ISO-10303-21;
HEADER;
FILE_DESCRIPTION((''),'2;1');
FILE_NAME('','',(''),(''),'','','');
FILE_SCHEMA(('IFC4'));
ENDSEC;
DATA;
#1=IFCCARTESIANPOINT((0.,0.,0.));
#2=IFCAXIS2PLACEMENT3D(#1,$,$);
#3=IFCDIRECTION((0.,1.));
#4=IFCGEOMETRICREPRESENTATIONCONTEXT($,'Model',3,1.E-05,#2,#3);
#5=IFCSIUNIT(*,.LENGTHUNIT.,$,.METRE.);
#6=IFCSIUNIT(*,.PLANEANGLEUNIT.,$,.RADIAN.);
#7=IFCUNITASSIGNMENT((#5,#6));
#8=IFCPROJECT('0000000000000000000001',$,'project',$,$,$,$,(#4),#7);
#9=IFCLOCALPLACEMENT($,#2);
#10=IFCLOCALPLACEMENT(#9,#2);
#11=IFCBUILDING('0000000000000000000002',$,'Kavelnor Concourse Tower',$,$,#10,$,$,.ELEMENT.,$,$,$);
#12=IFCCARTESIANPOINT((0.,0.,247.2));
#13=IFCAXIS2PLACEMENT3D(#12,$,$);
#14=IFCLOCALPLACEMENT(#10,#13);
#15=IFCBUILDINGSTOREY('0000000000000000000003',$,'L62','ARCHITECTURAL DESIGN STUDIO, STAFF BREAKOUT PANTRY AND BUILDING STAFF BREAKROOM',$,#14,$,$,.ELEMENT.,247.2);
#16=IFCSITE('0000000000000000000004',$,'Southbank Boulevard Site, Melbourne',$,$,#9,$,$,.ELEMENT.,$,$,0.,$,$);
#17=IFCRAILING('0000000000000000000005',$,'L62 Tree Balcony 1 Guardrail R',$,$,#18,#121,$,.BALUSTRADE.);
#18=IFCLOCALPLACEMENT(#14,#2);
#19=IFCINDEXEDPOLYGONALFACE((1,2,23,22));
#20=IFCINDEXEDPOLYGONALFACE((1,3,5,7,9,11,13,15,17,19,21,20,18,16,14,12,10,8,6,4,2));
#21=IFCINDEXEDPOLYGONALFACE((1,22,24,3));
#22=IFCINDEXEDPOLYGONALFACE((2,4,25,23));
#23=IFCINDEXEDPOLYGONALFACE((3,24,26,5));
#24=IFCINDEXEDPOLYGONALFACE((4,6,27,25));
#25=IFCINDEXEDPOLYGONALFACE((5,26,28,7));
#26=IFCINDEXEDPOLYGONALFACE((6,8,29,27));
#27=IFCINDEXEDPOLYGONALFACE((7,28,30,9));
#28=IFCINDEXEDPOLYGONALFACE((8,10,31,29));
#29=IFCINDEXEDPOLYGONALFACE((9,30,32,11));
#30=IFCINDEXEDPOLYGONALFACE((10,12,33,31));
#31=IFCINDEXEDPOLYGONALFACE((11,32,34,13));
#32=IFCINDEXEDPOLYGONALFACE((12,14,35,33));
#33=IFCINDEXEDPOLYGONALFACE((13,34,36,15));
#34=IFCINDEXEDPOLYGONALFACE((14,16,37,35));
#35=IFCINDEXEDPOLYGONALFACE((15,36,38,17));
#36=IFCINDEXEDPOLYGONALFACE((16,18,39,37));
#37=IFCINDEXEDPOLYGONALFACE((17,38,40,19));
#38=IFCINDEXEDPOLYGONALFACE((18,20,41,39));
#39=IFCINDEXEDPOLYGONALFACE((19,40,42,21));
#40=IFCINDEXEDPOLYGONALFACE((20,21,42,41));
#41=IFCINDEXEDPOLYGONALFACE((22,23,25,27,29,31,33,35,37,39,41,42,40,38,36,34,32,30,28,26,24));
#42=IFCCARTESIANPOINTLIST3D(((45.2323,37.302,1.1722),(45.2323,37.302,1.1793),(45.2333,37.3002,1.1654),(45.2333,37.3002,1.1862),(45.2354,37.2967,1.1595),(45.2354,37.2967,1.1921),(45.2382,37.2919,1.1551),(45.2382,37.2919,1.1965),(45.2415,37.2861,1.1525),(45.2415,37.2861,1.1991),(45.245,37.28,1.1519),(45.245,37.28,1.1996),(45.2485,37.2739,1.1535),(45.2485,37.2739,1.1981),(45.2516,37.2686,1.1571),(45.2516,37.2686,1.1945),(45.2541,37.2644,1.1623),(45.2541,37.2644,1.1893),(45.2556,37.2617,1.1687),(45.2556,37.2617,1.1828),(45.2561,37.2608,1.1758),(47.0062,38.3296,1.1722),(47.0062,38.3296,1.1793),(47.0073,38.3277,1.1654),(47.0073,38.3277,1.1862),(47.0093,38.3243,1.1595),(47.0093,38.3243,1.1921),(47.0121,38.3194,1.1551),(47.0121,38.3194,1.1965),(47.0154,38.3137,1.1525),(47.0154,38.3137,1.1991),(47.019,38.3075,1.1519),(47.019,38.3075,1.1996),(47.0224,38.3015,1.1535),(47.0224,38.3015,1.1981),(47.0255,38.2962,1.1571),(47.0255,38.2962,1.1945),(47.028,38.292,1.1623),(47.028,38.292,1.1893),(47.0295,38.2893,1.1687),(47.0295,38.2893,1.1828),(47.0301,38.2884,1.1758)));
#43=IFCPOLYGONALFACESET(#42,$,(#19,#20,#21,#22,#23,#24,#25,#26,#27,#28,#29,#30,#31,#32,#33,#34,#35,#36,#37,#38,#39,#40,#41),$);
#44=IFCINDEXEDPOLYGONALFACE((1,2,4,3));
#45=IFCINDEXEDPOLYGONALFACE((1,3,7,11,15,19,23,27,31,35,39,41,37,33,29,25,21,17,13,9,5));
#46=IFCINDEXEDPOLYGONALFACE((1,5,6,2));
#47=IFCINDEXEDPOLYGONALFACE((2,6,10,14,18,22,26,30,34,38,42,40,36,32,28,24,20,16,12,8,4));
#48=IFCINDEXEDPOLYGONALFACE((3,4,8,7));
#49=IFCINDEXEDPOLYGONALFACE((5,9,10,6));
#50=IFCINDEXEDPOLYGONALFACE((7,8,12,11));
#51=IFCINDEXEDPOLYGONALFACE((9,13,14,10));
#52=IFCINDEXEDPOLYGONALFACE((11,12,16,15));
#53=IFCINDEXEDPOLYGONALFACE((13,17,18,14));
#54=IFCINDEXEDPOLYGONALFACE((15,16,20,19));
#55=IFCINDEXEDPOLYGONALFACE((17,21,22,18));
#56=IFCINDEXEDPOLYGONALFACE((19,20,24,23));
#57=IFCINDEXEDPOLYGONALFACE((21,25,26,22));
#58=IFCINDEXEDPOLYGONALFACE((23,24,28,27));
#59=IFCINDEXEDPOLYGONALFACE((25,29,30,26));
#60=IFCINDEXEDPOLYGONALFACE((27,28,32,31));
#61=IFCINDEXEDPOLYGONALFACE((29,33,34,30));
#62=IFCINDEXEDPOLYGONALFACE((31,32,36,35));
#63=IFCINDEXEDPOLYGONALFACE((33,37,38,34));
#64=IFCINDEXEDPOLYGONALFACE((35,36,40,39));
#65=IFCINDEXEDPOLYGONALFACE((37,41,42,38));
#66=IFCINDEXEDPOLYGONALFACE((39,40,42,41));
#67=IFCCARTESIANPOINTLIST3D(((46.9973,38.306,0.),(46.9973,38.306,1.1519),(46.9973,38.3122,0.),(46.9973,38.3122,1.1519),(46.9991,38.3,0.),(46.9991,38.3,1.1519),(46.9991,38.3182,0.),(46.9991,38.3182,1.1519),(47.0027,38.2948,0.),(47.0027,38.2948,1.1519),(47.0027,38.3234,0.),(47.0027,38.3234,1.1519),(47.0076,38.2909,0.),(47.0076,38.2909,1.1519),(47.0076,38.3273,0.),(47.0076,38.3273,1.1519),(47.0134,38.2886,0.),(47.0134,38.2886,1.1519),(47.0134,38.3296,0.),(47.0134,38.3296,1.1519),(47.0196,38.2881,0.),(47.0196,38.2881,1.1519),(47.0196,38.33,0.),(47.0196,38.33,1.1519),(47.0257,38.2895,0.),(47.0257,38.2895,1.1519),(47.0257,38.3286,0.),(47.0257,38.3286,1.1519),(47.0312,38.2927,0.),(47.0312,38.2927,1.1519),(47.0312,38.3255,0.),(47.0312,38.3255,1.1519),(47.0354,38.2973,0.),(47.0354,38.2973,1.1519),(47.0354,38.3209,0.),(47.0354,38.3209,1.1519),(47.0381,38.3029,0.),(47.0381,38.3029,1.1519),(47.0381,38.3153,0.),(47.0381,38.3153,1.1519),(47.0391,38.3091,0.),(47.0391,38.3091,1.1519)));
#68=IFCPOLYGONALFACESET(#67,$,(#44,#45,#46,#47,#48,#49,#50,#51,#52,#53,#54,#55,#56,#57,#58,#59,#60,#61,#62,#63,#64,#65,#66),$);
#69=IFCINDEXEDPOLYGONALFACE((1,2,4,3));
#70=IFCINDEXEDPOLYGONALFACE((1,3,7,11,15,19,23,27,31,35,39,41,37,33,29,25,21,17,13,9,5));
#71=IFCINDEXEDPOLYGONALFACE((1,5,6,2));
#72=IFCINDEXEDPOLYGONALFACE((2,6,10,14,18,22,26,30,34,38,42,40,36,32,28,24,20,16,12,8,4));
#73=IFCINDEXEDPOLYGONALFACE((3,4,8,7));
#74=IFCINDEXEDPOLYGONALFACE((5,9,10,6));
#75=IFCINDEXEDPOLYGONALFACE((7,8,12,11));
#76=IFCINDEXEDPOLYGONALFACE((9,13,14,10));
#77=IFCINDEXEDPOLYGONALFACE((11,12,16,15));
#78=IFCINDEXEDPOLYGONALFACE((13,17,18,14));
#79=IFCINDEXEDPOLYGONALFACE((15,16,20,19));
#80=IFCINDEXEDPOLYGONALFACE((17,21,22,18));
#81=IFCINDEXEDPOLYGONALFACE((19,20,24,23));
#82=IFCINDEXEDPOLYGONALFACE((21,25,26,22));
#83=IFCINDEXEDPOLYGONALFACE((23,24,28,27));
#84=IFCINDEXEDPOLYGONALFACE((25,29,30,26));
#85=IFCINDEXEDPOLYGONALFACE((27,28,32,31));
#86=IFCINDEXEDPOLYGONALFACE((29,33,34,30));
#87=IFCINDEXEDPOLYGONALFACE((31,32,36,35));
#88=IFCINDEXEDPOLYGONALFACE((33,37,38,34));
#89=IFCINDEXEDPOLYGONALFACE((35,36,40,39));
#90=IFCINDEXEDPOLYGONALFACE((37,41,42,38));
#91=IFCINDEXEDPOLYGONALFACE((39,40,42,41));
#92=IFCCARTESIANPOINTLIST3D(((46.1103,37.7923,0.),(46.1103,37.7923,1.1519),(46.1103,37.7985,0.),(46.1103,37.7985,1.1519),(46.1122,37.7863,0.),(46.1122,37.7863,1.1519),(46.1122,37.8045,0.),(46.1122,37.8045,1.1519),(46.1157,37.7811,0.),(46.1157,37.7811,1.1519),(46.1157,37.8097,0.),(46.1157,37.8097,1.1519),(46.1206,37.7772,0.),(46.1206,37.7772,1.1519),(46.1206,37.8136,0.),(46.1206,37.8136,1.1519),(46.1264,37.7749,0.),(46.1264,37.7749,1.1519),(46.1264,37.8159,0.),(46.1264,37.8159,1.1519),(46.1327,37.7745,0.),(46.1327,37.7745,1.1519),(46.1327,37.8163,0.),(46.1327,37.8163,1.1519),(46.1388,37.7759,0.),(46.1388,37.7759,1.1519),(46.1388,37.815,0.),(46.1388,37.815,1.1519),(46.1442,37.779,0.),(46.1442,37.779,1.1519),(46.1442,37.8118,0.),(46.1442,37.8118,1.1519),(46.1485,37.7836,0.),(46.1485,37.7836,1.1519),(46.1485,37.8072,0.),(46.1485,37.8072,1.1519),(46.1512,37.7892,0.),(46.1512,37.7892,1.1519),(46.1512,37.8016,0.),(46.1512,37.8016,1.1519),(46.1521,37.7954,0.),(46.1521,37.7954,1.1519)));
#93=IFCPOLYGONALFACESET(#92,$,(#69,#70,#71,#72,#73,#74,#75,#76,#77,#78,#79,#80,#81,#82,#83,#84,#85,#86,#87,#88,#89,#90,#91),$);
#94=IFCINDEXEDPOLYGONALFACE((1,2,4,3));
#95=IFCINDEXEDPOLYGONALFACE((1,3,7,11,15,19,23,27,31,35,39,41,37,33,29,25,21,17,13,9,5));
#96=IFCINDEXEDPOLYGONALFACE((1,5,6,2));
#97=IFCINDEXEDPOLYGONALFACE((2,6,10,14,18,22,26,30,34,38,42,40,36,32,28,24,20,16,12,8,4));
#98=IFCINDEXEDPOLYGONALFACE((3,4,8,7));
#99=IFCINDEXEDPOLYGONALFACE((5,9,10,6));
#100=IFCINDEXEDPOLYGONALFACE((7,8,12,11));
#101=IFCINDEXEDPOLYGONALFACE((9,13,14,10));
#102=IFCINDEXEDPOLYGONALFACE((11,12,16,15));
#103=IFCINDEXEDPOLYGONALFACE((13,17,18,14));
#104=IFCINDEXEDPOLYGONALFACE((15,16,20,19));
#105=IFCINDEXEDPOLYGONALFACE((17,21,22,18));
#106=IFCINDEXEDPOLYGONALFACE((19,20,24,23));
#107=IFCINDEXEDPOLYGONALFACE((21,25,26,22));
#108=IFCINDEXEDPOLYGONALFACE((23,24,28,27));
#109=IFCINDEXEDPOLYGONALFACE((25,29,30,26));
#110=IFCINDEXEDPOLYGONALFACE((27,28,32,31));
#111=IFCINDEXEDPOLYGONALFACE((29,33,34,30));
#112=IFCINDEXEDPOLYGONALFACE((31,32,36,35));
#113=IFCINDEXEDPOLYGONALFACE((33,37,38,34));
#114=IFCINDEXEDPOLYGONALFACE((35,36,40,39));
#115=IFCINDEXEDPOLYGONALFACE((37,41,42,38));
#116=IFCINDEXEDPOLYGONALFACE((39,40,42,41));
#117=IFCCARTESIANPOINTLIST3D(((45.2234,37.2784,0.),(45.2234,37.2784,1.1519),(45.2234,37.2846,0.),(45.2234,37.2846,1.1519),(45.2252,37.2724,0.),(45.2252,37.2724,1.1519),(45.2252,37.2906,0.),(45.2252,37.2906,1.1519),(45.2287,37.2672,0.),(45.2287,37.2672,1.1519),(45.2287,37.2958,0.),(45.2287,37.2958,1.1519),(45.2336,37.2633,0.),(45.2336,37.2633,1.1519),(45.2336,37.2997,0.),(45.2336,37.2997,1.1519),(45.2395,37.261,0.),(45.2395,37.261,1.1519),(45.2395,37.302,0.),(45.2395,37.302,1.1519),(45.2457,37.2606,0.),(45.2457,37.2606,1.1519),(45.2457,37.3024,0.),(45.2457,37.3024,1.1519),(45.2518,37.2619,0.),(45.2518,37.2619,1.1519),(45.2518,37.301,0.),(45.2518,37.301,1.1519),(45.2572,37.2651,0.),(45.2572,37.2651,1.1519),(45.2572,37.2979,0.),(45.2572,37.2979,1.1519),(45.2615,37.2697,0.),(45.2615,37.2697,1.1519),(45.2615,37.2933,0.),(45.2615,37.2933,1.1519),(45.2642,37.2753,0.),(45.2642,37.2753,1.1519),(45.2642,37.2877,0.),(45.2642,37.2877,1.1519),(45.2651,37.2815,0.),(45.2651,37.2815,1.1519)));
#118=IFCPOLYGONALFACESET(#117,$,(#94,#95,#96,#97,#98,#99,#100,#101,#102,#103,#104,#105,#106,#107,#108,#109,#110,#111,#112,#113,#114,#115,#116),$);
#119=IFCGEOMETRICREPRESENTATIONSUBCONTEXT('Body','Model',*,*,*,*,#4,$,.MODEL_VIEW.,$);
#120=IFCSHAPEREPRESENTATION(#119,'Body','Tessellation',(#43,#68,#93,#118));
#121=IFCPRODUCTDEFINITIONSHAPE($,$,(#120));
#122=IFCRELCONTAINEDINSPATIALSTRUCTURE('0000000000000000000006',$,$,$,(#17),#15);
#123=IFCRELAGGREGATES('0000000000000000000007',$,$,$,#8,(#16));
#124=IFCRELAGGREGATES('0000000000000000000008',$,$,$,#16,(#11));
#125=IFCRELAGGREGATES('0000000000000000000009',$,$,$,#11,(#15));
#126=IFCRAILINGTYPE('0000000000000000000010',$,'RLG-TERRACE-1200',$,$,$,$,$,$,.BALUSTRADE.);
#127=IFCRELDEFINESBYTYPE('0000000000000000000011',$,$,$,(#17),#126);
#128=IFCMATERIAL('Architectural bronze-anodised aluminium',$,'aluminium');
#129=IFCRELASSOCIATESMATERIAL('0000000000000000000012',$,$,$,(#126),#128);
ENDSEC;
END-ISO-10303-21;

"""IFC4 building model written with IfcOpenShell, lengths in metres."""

from ifc_helpers import new_model, si_unit, direction, frame, origin, origin_2d, place, context, subcontext, project, spatial, circle, extrude, material, type_object, element, save


model = new_model("IFC4")

# Units and contexts
model_context = context("Model", 3, precision=1e-05, world=origin(), true_north=direction((0.0, 1.0)))
body_context = subcontext(model_context, "Body", "Model", "MODEL_VIEW")
ifc_project = project(units=[si_unit("LENGTHUNIT", "METRE"), si_unit("PLANEANGLEUNIT", "RADIAN")], contexts=[model_context])

# Site, building, storey
site_placement = place(None, origin())
site = spatial("IfcSite", under=ifc_project, at=site_placement, Name="Southbank Boulevard Site, Melbourne", CompositionType="ELEMENT", RefElevation=0.0)
building_placement = place(site_placement, origin())
building = spatial("IfcBuilding", under=site, at=building_placement, Name="Kavelnor Concourse Tower", CompositionType="ELEMENT")
storey_placement = place(building_placement, frame((0.0, 0.0, 247.2)))
storey = spatial("IfcBuildingStorey", under=building, at=storey_placement, Name="L62", Description="ARCHITECTURAL DESIGN STUDIO, STAFF BREAKOUT PANTRY AND BUILDING STAFF BREAKROOM", CompositionType="ELEMENT", Elevation=247.2)

# Railing
ifc_material_1 = material(Name="Architectural bronze-anodised aluminium", Category="aluminium")
railing_type = type_object("IfcRailingType", Name="RLG-TERRACE-1200", PredefinedType="BALUSTRADE", material=ifc_material_1)
railing_1_placement = place(storey_placement, frame((47.0181, 38.3091, 0.0)))
element("IfcRailing", 1, at=railing_1_placement, inside=storey, type_object=railing_type, Name="L62 Tree Balcony 1 Guardrail R", PredefinedType="BALUSTRADE", context=body_context, shape_type="SweptSolid", body=[
    extrude(circle(Radius=0.0239, at=origin_2d()), frame((0.0, 0.0, 1.1758), z_axis=(-0.865304, -0.501248, 0.0), x_axis=(0.501248, -0.865304, 0.0)), (0.0, 0.0, 1.0), 2.05),
    extrude(circle(Radius=0.021, at=origin_2d()), origin(), (0.0, 0.0, 1.0), 1.1519),
    extrude(circle(Radius=0.021, at=origin_2d()), frame((-0.887, -0.5137, 0.0)), (0.0, 0.0, 1.0), 1.1519),
    extrude(circle(Radius=0.021, at=origin_2d()), frame((-1.7739, -1.0276, 0.0)), (0.0, 0.0, 1.0), 1.1519),
])

save(model, "model.ifc")
